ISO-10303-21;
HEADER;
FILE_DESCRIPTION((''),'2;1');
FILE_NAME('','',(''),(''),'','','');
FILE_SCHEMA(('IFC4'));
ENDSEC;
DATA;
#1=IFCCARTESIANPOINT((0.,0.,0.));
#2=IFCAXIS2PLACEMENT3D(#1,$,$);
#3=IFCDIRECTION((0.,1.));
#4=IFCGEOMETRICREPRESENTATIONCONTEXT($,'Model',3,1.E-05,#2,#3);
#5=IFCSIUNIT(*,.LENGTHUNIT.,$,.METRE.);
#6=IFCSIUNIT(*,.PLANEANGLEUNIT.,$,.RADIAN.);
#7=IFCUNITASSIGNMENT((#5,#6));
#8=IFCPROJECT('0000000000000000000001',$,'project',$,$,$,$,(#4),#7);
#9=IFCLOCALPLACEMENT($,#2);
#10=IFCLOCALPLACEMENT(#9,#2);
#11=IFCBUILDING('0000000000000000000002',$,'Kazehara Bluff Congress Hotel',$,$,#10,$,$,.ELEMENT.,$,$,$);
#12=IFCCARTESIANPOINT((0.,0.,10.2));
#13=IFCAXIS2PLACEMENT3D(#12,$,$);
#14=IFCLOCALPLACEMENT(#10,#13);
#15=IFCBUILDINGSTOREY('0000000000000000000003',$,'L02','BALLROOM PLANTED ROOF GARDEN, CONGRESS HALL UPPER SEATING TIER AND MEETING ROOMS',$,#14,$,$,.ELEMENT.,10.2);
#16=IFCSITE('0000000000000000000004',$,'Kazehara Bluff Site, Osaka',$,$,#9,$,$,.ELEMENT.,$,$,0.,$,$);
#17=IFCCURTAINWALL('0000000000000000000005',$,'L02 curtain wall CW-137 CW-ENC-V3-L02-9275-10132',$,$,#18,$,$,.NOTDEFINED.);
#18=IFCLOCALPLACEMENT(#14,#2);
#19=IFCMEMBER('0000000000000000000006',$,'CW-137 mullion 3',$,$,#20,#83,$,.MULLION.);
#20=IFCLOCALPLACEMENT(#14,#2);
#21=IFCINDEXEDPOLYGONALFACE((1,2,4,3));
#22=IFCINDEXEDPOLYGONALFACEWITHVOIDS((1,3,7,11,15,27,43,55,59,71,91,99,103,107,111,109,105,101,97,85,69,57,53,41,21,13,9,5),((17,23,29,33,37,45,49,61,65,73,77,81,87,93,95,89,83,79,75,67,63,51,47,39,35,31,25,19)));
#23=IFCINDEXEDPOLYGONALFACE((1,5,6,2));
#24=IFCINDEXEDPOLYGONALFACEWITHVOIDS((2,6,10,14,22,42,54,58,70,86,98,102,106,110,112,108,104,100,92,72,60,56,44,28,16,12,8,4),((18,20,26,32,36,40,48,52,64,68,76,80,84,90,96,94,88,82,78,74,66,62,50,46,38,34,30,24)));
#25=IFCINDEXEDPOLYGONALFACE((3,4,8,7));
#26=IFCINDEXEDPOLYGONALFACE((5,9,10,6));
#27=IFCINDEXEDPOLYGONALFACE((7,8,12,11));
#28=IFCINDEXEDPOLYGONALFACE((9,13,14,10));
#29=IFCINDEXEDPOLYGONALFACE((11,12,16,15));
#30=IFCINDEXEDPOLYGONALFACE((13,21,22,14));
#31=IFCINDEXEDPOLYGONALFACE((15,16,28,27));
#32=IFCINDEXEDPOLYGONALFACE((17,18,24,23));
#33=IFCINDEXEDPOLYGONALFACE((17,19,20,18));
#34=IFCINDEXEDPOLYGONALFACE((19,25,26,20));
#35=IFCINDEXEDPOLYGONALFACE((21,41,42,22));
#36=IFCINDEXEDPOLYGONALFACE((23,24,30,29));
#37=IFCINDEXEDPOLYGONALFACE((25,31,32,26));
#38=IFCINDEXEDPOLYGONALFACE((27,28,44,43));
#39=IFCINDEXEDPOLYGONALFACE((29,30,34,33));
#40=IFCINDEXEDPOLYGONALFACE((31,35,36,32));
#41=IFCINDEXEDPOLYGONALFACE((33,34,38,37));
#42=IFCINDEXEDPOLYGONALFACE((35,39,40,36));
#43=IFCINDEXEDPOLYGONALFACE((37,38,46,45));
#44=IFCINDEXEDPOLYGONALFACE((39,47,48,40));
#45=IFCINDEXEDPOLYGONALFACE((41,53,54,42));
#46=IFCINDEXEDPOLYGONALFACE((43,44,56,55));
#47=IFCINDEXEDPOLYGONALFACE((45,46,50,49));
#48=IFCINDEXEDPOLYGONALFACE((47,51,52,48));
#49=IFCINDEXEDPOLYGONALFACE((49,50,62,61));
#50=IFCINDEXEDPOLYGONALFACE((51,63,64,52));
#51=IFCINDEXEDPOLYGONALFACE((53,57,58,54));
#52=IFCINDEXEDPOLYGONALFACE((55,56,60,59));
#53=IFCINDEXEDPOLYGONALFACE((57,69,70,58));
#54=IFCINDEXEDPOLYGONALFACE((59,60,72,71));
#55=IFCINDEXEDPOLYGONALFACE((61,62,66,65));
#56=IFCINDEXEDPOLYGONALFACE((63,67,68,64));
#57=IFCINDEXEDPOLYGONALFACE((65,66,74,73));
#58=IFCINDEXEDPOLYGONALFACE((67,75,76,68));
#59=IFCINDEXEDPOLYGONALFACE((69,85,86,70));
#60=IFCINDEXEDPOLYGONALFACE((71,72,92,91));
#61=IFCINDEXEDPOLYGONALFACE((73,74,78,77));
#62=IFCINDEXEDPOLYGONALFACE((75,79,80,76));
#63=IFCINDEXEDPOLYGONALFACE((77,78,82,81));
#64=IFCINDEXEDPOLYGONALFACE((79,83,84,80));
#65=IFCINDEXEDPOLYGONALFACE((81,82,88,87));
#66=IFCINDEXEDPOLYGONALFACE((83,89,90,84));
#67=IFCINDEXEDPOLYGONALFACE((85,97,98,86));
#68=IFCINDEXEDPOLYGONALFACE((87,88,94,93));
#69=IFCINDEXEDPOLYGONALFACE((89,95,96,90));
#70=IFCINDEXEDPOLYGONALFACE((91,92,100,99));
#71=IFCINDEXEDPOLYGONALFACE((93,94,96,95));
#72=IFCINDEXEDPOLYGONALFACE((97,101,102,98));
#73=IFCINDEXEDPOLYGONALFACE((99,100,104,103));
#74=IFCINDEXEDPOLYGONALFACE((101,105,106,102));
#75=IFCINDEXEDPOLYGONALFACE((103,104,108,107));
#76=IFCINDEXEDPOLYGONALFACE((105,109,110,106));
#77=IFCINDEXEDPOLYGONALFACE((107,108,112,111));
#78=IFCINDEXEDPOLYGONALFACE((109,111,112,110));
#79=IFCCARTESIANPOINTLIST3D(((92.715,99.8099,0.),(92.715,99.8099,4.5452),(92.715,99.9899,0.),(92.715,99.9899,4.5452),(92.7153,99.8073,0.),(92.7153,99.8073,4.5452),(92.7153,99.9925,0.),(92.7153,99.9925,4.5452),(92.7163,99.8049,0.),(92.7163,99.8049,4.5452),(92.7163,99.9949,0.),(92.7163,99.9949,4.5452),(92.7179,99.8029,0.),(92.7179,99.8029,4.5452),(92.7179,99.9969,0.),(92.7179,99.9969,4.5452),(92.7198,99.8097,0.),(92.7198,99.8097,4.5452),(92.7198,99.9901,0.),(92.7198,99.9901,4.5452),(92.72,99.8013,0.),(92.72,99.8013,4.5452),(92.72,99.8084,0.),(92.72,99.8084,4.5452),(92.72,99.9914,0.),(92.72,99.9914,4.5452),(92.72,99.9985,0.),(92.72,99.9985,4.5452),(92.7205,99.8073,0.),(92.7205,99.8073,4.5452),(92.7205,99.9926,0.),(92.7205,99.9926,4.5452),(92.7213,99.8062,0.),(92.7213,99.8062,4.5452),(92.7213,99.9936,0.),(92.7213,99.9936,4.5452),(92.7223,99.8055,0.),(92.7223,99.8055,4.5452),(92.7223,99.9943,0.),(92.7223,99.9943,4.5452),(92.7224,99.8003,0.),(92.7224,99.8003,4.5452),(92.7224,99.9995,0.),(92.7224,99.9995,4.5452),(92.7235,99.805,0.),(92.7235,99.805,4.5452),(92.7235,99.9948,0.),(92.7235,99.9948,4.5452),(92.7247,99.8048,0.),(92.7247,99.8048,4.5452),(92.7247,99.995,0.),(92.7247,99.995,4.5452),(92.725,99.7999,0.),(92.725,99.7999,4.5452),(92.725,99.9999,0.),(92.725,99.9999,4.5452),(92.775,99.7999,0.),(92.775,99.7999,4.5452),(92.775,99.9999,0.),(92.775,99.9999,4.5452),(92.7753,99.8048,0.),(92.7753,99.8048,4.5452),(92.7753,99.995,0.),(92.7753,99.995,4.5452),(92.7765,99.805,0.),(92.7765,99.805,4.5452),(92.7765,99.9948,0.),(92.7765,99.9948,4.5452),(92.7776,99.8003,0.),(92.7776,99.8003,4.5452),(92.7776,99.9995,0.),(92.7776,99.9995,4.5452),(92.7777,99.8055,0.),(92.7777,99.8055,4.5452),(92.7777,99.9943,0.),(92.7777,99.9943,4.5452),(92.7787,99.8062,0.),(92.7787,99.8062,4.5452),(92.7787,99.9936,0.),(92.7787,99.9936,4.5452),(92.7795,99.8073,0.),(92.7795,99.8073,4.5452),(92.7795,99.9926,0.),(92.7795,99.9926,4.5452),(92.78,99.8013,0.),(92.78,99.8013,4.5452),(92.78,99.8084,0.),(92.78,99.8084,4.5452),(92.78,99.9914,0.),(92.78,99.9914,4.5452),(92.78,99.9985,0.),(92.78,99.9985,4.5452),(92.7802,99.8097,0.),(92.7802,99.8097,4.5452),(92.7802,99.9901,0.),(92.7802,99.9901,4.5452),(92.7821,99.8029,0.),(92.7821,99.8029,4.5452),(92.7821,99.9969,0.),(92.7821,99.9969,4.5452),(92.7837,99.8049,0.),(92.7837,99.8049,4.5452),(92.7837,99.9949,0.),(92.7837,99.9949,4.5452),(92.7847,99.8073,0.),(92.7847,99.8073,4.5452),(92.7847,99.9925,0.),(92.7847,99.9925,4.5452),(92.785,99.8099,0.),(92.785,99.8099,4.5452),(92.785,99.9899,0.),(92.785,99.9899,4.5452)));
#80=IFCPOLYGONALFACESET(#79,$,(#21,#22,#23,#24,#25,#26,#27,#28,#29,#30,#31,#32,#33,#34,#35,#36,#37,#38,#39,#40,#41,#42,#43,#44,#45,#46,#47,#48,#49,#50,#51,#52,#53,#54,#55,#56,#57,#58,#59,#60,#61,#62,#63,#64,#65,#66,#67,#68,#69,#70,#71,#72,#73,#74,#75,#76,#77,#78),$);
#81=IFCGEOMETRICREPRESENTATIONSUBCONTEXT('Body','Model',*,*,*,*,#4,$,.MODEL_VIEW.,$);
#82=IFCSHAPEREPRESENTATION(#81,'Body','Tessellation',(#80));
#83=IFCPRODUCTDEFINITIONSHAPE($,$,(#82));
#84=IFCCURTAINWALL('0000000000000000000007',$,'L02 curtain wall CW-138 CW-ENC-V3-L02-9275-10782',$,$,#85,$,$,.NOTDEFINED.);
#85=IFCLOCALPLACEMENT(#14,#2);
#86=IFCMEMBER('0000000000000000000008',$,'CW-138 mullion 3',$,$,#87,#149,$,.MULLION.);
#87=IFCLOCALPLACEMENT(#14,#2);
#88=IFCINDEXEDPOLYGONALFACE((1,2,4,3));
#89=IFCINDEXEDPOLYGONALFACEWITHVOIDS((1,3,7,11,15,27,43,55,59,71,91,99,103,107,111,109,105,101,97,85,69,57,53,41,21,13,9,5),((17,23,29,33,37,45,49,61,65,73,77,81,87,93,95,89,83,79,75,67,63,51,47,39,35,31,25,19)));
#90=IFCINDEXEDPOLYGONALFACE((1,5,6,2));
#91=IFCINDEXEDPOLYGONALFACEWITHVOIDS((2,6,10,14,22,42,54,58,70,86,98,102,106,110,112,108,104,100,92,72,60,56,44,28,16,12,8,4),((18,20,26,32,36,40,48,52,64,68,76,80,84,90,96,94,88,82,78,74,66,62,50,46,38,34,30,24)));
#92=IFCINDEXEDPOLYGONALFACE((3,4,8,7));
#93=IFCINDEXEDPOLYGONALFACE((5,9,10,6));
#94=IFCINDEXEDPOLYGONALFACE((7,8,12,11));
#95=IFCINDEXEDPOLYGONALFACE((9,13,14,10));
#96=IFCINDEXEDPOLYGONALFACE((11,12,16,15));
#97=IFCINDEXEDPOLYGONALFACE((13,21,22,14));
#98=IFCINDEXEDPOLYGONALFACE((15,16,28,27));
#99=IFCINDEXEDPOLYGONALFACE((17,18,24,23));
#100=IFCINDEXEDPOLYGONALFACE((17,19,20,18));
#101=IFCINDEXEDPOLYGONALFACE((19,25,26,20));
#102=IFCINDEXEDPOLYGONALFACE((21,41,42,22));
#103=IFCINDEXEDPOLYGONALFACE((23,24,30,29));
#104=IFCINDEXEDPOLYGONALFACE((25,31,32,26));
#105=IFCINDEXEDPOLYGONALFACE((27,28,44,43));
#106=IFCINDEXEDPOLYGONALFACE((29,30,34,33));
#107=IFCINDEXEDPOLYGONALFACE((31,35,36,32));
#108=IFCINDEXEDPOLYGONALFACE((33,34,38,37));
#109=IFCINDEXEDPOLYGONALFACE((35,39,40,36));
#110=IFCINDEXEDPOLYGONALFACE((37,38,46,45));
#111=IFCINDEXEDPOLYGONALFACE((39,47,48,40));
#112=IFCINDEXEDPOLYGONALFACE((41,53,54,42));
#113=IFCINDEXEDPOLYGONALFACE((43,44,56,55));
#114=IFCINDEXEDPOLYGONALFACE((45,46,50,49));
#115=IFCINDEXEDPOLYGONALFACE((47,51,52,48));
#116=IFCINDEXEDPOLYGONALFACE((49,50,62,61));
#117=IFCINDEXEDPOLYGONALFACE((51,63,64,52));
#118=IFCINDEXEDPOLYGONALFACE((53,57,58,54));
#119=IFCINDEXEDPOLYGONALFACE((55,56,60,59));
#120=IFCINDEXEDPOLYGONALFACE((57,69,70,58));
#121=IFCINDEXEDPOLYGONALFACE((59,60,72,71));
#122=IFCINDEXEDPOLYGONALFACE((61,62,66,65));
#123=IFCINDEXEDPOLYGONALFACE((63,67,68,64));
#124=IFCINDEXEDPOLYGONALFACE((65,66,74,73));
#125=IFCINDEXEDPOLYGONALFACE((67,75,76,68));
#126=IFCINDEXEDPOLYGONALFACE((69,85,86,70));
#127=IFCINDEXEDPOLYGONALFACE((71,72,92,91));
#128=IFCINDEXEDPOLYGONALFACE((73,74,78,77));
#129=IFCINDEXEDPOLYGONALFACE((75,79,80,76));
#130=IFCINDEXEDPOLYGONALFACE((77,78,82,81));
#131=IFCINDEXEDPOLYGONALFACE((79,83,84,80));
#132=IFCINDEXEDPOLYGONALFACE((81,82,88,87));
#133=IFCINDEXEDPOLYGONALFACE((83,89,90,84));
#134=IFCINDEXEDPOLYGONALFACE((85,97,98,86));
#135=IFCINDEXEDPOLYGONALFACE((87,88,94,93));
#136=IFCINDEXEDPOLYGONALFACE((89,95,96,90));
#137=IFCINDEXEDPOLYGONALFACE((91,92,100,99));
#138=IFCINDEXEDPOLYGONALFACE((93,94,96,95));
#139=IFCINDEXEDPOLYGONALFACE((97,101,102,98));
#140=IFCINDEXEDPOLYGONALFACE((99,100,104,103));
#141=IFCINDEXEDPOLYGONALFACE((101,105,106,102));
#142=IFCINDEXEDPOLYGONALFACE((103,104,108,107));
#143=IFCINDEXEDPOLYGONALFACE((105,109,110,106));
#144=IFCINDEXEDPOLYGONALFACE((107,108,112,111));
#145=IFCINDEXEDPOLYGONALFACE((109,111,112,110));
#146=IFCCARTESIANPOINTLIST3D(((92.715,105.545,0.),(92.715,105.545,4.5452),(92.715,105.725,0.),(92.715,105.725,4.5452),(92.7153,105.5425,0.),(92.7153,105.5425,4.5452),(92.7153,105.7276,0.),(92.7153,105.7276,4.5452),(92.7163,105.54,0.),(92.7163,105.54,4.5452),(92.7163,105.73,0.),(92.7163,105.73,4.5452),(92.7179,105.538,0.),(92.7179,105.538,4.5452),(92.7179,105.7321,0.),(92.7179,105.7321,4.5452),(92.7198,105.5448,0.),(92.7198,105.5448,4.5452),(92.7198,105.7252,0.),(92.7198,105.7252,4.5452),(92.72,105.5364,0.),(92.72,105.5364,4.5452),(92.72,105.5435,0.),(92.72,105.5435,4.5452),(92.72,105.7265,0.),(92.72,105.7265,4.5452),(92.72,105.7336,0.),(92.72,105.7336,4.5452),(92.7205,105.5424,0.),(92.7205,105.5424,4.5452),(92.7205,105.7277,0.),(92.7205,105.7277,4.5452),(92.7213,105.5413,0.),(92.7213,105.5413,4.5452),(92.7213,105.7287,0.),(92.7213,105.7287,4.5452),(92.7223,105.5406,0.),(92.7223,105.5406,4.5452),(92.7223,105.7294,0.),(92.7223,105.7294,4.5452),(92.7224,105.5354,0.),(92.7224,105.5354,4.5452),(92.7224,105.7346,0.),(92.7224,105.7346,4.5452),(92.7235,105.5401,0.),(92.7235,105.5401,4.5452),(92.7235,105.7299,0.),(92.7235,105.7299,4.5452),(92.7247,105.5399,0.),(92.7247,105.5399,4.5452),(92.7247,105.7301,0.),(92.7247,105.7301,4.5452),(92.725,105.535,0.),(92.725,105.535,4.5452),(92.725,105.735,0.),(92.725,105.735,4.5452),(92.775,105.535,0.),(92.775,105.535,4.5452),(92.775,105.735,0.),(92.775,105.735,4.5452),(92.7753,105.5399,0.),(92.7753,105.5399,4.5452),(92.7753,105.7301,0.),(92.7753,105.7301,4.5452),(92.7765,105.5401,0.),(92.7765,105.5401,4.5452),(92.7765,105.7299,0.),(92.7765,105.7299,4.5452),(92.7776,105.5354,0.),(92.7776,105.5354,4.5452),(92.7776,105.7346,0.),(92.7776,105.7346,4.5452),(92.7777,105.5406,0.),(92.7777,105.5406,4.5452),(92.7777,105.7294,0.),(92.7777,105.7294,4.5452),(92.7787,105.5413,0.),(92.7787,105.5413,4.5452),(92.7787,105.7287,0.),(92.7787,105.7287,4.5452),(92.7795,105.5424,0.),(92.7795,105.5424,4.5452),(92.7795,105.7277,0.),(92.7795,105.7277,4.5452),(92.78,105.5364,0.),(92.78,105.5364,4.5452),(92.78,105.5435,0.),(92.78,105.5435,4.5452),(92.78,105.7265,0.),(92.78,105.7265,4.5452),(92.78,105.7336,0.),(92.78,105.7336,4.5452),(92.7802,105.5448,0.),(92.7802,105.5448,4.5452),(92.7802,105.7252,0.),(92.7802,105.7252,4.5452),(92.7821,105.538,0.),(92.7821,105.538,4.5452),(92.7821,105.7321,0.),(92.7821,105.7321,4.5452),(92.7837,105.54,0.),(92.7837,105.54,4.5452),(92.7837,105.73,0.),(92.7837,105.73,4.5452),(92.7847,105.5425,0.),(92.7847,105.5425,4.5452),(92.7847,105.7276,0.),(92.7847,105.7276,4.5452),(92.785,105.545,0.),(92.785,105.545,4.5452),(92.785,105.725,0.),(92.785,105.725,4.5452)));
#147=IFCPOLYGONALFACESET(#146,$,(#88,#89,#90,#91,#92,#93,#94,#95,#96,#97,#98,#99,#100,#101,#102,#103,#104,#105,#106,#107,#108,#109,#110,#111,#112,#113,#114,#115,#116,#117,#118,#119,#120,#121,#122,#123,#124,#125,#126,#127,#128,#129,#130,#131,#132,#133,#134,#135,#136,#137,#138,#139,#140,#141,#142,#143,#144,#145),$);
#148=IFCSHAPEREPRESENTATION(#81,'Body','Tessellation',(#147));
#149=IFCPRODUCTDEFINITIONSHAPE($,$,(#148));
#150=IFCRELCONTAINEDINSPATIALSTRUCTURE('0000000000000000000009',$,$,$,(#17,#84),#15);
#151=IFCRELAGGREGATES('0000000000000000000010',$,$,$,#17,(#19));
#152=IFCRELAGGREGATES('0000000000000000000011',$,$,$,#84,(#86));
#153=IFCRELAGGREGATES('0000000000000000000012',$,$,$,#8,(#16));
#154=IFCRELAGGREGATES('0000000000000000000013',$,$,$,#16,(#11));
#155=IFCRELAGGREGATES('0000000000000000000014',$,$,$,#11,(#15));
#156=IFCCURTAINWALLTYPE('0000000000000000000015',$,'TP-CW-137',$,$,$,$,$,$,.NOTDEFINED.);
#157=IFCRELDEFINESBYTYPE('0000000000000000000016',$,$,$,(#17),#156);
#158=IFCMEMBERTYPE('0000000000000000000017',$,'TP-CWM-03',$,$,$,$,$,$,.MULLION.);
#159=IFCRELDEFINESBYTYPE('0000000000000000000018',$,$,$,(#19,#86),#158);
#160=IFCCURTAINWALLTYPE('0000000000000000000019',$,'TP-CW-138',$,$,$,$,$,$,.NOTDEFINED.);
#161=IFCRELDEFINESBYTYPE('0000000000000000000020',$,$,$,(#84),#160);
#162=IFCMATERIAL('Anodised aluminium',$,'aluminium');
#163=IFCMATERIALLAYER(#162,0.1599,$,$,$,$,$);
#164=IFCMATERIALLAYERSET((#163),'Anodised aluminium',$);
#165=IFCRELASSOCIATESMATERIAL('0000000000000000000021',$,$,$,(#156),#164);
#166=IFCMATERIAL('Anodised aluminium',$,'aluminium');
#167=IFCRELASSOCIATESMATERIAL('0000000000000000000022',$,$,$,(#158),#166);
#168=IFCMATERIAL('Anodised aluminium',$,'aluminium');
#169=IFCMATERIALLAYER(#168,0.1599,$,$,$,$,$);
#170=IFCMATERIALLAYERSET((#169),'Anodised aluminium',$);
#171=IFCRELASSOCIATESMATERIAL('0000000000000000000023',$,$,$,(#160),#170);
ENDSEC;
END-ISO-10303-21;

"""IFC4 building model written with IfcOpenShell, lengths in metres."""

from ifc_helpers import new_model, si_unit, direction, frame, origin, origin_2d, place, context, subcontext, project, spatial, hollow_rectangle, extrude, material, layer, layer_set, material_profile, profile_set, type_object, element, aggregate, save


model = new_model("IFC4")

# Units and contexts
model_context = context("Model", 3, precision=1e-05, world=origin(), true_north=direction((0.0, 1.0)))
body_context = subcontext(model_context, "Body", "Model", "MODEL_VIEW")
ifc_project = project(units=[si_unit("LENGTHUNIT", "METRE"), si_unit("PLANEANGLEUNIT", "RADIAN")], contexts=[model_context])

# Site, building, storey
site_placement = place(None, origin())
site = spatial("IfcSite", under=ifc_project, at=site_placement, Name="Kazehara Bluff Site, Osaka", CompositionType="ELEMENT", RefElevation=0.0)
building_placement = place(site_placement, origin())
building = spatial("IfcBuilding", under=site, at=building_placement, Name="Kazehara Bluff Congress Hotel", CompositionType="ELEMENT")
storey_placement = place(building_placement, frame((0.0, 0.0, 10.2)))
storey = spatial("IfcBuildingStorey", under=building, at=storey_placement, Name="L02", Description="BALLROOM PLANTED ROOF GARDEN, CONGRESS HALL UPPER SEATING TIER AND MEETING ROOMS", CompositionType="ELEMENT", Elevation=10.2)

# Curtain wall, member
ifc_material_1 = material(Name="Anodised aluminium", Category="aluminium")
ifc_layer_1 = layer(ifc_material_1, 0.1599)
ifc_layer_set_1 = layer_set([ifc_layer_1], Name="Anodised aluminium")
curtain_wall_type_1 = type_object("IfcCurtainWallType", Name="TP-CW-137", PredefinedType="NOTDEFINED", material=ifc_layer_set_1)
curtain_wall_1_placement = place(storey_placement, origin())
curtain_wall_1 = element("IfcCurtainWall", 1, at=curtain_wall_1_placement, inside=storey, type_object=curtain_wall_type_1, Name="L02 curtain wall CW-137 CW-ENC-V3-L02-9275-10132", PredefinedType="NOTDEFINED")
ifc_material_2 = material(Name="Anodised aluminium", Category="aluminium")
ifc_material_profile_1 = material_profile(ifc_material_2, hollow_rectangle(XDim=0.0701, YDim=0.2, WallThickness=0.0049, InnerFilletRadius=0.0049, OuterFilletRadius=0.01, at=origin_2d()))
ifc_profile_set_1 = profile_set([ifc_material_profile_1], Name="Anodised aluminium")
member_type_1 = type_object("IfcMemberType", Name="TP-CWM-03", PredefinedType="MULLION", material=ifc_profile_set_1)
member_1_placement = place(storey_placement, frame((92.75, 99.8999, 0.0), z_axis=(0.0, 0.0, 1.0), x_axis=(1.0, 0.0, 0.0)))
member_1 = element("IfcMember", 2, at=member_1_placement, type_object=member_type_1, Name="CW-137 mullion 3", PredefinedType="MULLION", context=body_context, shape_type="SweptSolid", body=[
    extrude(hollow_rectangle(XDim=0.0701, YDim=0.2, WallThickness=0.0049, InnerFilletRadius=0.0049, OuterFilletRadius=0.01, at=origin_2d()), origin(), (0.0, 0.0, 1.0), 4.5452),
])

# Curtain wall, member
ifc_material_3 = material(Name="Anodised aluminium", Category="aluminium")
ifc_layer_2 = layer(ifc_material_3, 0.1599)
ifc_layer_set_2 = layer_set([ifc_layer_2], Name="Anodised aluminium")
curtain_wall_type_2 = type_object("IfcCurtainWallType", Name="TP-CW-138", PredefinedType="NOTDEFINED", material=ifc_layer_set_2)
curtain_wall_2_placement = place(storey_placement, origin())
curtain_wall_2 = element("IfcCurtainWall", 3, at=curtain_wall_2_placement, inside=storey, type_object=curtain_wall_type_2, Name="L02 curtain wall CW-138 CW-ENC-V3-L02-9275-10782", PredefinedType="NOTDEFINED")
member_2_placement = place(storey_placement, frame((92.75, 105.635, 0.0), z_axis=(0.0, 0.0, 1.0), x_axis=(1.0, 0.0, 0.0)))
member_2 = element("IfcMember", 4, at=member_2_placement, type_object=member_type_1, Name="CW-138 mullion 3", PredefinedType="MULLION", context=body_context, shape_type="SweptSolid", body=[
    extrude(hollow_rectangle(XDim=0.0701, YDim=0.2, WallThickness=0.0049, InnerFilletRadius=0.0049, OuterFilletRadius=0.01, at=origin_2d()), origin(), (0.0, 0.0, 1.0), 4.5452),
])

aggregate(curtain_wall_1, [member_1])
aggregate(curtain_wall_2, [member_2])

save(model, "model.ifc")
